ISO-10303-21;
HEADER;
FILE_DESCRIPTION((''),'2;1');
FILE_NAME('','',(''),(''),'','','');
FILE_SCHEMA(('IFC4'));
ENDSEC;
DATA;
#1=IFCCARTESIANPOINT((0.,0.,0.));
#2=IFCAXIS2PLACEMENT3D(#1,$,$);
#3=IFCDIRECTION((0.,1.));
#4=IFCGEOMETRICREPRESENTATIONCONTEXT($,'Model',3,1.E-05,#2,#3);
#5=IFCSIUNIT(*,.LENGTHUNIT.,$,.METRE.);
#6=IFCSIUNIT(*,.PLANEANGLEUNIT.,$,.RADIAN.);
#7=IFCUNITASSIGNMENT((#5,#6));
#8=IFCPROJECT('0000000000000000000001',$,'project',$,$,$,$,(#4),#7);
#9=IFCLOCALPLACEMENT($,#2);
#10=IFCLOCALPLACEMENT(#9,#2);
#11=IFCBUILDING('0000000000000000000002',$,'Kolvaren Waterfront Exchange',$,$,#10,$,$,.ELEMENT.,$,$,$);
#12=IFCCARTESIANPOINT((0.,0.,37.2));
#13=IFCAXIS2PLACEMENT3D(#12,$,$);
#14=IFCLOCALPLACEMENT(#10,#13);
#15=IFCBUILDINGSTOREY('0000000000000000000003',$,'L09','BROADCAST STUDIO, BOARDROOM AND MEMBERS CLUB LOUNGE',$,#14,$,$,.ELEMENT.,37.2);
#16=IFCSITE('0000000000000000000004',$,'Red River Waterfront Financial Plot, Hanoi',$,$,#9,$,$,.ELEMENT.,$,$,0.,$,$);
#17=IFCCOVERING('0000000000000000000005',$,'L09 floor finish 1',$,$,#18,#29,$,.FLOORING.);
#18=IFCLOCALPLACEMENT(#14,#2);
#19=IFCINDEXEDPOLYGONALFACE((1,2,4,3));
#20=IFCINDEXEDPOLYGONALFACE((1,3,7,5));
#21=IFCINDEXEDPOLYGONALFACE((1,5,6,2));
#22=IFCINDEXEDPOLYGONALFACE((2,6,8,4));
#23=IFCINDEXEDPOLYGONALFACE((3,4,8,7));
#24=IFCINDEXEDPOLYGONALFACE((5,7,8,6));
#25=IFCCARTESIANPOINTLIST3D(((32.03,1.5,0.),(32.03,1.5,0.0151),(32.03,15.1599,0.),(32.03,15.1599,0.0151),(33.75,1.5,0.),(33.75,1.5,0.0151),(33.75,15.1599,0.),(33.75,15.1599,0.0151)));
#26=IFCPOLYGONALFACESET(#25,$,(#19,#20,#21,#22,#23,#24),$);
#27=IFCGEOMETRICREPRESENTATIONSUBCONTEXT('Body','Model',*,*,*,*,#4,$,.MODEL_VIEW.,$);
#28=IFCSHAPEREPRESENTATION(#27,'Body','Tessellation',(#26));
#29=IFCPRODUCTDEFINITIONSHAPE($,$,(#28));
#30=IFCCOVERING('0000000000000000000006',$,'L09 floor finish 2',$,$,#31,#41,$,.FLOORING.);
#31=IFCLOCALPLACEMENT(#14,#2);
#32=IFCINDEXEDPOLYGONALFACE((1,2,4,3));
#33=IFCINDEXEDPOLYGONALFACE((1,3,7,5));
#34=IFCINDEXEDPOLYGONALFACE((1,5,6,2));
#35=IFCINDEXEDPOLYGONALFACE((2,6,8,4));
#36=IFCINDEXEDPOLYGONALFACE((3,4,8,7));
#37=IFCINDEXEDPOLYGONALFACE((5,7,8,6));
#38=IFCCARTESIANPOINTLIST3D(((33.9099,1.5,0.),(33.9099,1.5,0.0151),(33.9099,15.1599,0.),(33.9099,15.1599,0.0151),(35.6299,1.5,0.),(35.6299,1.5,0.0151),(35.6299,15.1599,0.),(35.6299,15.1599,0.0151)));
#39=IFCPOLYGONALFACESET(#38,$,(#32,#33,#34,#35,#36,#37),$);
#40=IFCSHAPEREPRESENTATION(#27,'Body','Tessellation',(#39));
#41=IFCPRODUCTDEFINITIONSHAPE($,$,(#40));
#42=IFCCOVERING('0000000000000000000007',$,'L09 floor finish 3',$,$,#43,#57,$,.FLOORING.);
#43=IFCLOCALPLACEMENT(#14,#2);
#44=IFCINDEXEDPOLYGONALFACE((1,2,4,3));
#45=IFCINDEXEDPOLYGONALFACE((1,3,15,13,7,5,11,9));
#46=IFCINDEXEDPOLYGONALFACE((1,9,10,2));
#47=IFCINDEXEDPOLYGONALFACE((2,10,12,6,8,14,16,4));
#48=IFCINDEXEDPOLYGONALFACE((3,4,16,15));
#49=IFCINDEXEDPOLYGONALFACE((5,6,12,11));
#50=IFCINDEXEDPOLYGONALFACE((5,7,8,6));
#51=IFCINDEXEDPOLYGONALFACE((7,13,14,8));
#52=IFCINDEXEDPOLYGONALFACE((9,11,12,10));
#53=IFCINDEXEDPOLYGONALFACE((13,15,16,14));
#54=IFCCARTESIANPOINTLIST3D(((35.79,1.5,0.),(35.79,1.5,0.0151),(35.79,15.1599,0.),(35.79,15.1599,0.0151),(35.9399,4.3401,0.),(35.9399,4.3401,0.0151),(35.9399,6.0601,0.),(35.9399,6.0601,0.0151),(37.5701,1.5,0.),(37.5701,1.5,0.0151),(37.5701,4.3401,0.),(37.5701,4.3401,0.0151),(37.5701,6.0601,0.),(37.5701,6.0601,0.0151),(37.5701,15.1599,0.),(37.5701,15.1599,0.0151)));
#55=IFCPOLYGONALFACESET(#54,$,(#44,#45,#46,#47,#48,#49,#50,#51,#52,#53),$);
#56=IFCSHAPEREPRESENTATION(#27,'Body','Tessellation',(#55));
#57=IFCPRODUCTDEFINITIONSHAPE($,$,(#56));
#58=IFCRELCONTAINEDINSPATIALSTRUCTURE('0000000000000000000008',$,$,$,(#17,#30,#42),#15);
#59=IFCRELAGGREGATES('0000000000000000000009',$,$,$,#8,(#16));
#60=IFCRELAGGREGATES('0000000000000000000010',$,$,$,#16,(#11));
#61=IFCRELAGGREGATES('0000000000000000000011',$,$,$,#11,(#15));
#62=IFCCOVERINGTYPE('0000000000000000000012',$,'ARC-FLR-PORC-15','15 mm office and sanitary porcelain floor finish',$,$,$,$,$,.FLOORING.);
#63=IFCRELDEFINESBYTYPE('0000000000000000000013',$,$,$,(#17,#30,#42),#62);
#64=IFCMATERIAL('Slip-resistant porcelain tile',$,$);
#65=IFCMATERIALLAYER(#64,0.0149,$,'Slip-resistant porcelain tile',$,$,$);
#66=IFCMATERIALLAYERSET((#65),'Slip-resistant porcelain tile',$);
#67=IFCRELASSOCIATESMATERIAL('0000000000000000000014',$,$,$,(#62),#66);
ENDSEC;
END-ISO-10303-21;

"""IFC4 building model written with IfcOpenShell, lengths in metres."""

from ifc_helpers import new_model, si_unit, direction, frame, origin, place, context, subcontext, project, spatial, polyline, outline, extrude, material, layer, layer_set, type_object, element, save


model = new_model("IFC4")

# Units and contexts
model_context = context("Model", 3, precision=1e-05, world=origin(), true_north=direction((0.0, 1.0)))
body_context = subcontext(model_context, "Body", "Model", "MODEL_VIEW")
ifc_project = project(units=[si_unit("LENGTHUNIT", "METRE"), si_unit("PLANEANGLEUNIT", "RADIAN")], contexts=[model_context])

# Site, building, storey
site_placement = place(None, origin())
site = spatial("IfcSite", under=ifc_project, at=site_placement, Name="Red River Waterfront Financial Plot, Hanoi", CompositionType="ELEMENT", RefElevation=0.0)
building_placement = place(site_placement, origin())
building = spatial("IfcBuilding", under=site, at=building_placement, Name="Kolvaren Waterfront Exchange", CompositionType="ELEMENT")
storey_placement = place(building_placement, frame((0.0, 0.0, 37.2)))
storey = spatial("IfcBuildingStorey", under=building, at=storey_placement, Name="L09", Description="BROADCAST STUDIO, BOARDROOM AND MEMBERS CLUB LOUNGE", CompositionType="ELEMENT", Elevation=37.2)

# Coverings
ifc_material_1 = material(Name="Slip-resistant porcelain tile")
ifc_layer_1 = layer(ifc_material_1, 0.0149, Name="Slip-resistant porcelain tile")
ifc_layer_set_1 = layer_set([ifc_layer_1], Name="Slip-resistant porcelain tile")
covering_type_1 = type_object("IfcCoveringType", Name="ARC-FLR-PORC-15", Description="15 mm office and sanitary porcelain floor finish", PredefinedType="FLOORING", material=ifc_layer_set_1)
covering_1_placement = place(storey_placement, origin())
element("IfcCovering", 1, at=covering_1_placement, inside=storey, type_object=covering_type_1, Name="L09 floor finish 1", PredefinedType="FLOORING", context=body_context, shape_type="SweptSolid", body=[
    extrude(outline(polyline([(32.03, 15.1599), (32.03, 1.5), (33.75, 1.5), (33.75, 15.1599), (32.03, 15.1599)])), origin(), (0.0, 0.0, 1.0), 0.0151),
])
covering_2_placement = place(storey_placement, origin())
element("IfcCovering", 2, at=covering_2_placement, inside=storey, type_object=covering_type_1, Name="L09 floor finish 2", PredefinedType="FLOORING", context=body_context, shape_type="SweptSolid", body=[
    extrude(outline(polyline([(33.9099, 15.1599), (33.9099, 1.5), (35.6299, 1.5), (35.6299, 15.1599), (33.9099, 15.1599)])), origin(), (0.0, 0.0, 1.0), 0.0151),
])
covering_3_placement = place(storey_placement, origin())
element("IfcCovering", 3, at=covering_3_placement, inside=storey, type_object=covering_type_1, Name="L09 floor finish 3", PredefinedType="FLOORING", context=body_context, shape_type="SweptSolid", body=[
    extrude(outline(polyline([(35.79, 15.1599), (35.79, 1.5), (37.5701, 1.5), (37.5701, 4.3401), (35.9399, 4.3401), (35.9399, 6.0601), (37.5701, 6.0601), (37.5701, 15.1599), (35.79, 15.1599)])), origin(), (0.0, 0.0, 1.0), 0.0151),
])

save(model, "model.ifc")
